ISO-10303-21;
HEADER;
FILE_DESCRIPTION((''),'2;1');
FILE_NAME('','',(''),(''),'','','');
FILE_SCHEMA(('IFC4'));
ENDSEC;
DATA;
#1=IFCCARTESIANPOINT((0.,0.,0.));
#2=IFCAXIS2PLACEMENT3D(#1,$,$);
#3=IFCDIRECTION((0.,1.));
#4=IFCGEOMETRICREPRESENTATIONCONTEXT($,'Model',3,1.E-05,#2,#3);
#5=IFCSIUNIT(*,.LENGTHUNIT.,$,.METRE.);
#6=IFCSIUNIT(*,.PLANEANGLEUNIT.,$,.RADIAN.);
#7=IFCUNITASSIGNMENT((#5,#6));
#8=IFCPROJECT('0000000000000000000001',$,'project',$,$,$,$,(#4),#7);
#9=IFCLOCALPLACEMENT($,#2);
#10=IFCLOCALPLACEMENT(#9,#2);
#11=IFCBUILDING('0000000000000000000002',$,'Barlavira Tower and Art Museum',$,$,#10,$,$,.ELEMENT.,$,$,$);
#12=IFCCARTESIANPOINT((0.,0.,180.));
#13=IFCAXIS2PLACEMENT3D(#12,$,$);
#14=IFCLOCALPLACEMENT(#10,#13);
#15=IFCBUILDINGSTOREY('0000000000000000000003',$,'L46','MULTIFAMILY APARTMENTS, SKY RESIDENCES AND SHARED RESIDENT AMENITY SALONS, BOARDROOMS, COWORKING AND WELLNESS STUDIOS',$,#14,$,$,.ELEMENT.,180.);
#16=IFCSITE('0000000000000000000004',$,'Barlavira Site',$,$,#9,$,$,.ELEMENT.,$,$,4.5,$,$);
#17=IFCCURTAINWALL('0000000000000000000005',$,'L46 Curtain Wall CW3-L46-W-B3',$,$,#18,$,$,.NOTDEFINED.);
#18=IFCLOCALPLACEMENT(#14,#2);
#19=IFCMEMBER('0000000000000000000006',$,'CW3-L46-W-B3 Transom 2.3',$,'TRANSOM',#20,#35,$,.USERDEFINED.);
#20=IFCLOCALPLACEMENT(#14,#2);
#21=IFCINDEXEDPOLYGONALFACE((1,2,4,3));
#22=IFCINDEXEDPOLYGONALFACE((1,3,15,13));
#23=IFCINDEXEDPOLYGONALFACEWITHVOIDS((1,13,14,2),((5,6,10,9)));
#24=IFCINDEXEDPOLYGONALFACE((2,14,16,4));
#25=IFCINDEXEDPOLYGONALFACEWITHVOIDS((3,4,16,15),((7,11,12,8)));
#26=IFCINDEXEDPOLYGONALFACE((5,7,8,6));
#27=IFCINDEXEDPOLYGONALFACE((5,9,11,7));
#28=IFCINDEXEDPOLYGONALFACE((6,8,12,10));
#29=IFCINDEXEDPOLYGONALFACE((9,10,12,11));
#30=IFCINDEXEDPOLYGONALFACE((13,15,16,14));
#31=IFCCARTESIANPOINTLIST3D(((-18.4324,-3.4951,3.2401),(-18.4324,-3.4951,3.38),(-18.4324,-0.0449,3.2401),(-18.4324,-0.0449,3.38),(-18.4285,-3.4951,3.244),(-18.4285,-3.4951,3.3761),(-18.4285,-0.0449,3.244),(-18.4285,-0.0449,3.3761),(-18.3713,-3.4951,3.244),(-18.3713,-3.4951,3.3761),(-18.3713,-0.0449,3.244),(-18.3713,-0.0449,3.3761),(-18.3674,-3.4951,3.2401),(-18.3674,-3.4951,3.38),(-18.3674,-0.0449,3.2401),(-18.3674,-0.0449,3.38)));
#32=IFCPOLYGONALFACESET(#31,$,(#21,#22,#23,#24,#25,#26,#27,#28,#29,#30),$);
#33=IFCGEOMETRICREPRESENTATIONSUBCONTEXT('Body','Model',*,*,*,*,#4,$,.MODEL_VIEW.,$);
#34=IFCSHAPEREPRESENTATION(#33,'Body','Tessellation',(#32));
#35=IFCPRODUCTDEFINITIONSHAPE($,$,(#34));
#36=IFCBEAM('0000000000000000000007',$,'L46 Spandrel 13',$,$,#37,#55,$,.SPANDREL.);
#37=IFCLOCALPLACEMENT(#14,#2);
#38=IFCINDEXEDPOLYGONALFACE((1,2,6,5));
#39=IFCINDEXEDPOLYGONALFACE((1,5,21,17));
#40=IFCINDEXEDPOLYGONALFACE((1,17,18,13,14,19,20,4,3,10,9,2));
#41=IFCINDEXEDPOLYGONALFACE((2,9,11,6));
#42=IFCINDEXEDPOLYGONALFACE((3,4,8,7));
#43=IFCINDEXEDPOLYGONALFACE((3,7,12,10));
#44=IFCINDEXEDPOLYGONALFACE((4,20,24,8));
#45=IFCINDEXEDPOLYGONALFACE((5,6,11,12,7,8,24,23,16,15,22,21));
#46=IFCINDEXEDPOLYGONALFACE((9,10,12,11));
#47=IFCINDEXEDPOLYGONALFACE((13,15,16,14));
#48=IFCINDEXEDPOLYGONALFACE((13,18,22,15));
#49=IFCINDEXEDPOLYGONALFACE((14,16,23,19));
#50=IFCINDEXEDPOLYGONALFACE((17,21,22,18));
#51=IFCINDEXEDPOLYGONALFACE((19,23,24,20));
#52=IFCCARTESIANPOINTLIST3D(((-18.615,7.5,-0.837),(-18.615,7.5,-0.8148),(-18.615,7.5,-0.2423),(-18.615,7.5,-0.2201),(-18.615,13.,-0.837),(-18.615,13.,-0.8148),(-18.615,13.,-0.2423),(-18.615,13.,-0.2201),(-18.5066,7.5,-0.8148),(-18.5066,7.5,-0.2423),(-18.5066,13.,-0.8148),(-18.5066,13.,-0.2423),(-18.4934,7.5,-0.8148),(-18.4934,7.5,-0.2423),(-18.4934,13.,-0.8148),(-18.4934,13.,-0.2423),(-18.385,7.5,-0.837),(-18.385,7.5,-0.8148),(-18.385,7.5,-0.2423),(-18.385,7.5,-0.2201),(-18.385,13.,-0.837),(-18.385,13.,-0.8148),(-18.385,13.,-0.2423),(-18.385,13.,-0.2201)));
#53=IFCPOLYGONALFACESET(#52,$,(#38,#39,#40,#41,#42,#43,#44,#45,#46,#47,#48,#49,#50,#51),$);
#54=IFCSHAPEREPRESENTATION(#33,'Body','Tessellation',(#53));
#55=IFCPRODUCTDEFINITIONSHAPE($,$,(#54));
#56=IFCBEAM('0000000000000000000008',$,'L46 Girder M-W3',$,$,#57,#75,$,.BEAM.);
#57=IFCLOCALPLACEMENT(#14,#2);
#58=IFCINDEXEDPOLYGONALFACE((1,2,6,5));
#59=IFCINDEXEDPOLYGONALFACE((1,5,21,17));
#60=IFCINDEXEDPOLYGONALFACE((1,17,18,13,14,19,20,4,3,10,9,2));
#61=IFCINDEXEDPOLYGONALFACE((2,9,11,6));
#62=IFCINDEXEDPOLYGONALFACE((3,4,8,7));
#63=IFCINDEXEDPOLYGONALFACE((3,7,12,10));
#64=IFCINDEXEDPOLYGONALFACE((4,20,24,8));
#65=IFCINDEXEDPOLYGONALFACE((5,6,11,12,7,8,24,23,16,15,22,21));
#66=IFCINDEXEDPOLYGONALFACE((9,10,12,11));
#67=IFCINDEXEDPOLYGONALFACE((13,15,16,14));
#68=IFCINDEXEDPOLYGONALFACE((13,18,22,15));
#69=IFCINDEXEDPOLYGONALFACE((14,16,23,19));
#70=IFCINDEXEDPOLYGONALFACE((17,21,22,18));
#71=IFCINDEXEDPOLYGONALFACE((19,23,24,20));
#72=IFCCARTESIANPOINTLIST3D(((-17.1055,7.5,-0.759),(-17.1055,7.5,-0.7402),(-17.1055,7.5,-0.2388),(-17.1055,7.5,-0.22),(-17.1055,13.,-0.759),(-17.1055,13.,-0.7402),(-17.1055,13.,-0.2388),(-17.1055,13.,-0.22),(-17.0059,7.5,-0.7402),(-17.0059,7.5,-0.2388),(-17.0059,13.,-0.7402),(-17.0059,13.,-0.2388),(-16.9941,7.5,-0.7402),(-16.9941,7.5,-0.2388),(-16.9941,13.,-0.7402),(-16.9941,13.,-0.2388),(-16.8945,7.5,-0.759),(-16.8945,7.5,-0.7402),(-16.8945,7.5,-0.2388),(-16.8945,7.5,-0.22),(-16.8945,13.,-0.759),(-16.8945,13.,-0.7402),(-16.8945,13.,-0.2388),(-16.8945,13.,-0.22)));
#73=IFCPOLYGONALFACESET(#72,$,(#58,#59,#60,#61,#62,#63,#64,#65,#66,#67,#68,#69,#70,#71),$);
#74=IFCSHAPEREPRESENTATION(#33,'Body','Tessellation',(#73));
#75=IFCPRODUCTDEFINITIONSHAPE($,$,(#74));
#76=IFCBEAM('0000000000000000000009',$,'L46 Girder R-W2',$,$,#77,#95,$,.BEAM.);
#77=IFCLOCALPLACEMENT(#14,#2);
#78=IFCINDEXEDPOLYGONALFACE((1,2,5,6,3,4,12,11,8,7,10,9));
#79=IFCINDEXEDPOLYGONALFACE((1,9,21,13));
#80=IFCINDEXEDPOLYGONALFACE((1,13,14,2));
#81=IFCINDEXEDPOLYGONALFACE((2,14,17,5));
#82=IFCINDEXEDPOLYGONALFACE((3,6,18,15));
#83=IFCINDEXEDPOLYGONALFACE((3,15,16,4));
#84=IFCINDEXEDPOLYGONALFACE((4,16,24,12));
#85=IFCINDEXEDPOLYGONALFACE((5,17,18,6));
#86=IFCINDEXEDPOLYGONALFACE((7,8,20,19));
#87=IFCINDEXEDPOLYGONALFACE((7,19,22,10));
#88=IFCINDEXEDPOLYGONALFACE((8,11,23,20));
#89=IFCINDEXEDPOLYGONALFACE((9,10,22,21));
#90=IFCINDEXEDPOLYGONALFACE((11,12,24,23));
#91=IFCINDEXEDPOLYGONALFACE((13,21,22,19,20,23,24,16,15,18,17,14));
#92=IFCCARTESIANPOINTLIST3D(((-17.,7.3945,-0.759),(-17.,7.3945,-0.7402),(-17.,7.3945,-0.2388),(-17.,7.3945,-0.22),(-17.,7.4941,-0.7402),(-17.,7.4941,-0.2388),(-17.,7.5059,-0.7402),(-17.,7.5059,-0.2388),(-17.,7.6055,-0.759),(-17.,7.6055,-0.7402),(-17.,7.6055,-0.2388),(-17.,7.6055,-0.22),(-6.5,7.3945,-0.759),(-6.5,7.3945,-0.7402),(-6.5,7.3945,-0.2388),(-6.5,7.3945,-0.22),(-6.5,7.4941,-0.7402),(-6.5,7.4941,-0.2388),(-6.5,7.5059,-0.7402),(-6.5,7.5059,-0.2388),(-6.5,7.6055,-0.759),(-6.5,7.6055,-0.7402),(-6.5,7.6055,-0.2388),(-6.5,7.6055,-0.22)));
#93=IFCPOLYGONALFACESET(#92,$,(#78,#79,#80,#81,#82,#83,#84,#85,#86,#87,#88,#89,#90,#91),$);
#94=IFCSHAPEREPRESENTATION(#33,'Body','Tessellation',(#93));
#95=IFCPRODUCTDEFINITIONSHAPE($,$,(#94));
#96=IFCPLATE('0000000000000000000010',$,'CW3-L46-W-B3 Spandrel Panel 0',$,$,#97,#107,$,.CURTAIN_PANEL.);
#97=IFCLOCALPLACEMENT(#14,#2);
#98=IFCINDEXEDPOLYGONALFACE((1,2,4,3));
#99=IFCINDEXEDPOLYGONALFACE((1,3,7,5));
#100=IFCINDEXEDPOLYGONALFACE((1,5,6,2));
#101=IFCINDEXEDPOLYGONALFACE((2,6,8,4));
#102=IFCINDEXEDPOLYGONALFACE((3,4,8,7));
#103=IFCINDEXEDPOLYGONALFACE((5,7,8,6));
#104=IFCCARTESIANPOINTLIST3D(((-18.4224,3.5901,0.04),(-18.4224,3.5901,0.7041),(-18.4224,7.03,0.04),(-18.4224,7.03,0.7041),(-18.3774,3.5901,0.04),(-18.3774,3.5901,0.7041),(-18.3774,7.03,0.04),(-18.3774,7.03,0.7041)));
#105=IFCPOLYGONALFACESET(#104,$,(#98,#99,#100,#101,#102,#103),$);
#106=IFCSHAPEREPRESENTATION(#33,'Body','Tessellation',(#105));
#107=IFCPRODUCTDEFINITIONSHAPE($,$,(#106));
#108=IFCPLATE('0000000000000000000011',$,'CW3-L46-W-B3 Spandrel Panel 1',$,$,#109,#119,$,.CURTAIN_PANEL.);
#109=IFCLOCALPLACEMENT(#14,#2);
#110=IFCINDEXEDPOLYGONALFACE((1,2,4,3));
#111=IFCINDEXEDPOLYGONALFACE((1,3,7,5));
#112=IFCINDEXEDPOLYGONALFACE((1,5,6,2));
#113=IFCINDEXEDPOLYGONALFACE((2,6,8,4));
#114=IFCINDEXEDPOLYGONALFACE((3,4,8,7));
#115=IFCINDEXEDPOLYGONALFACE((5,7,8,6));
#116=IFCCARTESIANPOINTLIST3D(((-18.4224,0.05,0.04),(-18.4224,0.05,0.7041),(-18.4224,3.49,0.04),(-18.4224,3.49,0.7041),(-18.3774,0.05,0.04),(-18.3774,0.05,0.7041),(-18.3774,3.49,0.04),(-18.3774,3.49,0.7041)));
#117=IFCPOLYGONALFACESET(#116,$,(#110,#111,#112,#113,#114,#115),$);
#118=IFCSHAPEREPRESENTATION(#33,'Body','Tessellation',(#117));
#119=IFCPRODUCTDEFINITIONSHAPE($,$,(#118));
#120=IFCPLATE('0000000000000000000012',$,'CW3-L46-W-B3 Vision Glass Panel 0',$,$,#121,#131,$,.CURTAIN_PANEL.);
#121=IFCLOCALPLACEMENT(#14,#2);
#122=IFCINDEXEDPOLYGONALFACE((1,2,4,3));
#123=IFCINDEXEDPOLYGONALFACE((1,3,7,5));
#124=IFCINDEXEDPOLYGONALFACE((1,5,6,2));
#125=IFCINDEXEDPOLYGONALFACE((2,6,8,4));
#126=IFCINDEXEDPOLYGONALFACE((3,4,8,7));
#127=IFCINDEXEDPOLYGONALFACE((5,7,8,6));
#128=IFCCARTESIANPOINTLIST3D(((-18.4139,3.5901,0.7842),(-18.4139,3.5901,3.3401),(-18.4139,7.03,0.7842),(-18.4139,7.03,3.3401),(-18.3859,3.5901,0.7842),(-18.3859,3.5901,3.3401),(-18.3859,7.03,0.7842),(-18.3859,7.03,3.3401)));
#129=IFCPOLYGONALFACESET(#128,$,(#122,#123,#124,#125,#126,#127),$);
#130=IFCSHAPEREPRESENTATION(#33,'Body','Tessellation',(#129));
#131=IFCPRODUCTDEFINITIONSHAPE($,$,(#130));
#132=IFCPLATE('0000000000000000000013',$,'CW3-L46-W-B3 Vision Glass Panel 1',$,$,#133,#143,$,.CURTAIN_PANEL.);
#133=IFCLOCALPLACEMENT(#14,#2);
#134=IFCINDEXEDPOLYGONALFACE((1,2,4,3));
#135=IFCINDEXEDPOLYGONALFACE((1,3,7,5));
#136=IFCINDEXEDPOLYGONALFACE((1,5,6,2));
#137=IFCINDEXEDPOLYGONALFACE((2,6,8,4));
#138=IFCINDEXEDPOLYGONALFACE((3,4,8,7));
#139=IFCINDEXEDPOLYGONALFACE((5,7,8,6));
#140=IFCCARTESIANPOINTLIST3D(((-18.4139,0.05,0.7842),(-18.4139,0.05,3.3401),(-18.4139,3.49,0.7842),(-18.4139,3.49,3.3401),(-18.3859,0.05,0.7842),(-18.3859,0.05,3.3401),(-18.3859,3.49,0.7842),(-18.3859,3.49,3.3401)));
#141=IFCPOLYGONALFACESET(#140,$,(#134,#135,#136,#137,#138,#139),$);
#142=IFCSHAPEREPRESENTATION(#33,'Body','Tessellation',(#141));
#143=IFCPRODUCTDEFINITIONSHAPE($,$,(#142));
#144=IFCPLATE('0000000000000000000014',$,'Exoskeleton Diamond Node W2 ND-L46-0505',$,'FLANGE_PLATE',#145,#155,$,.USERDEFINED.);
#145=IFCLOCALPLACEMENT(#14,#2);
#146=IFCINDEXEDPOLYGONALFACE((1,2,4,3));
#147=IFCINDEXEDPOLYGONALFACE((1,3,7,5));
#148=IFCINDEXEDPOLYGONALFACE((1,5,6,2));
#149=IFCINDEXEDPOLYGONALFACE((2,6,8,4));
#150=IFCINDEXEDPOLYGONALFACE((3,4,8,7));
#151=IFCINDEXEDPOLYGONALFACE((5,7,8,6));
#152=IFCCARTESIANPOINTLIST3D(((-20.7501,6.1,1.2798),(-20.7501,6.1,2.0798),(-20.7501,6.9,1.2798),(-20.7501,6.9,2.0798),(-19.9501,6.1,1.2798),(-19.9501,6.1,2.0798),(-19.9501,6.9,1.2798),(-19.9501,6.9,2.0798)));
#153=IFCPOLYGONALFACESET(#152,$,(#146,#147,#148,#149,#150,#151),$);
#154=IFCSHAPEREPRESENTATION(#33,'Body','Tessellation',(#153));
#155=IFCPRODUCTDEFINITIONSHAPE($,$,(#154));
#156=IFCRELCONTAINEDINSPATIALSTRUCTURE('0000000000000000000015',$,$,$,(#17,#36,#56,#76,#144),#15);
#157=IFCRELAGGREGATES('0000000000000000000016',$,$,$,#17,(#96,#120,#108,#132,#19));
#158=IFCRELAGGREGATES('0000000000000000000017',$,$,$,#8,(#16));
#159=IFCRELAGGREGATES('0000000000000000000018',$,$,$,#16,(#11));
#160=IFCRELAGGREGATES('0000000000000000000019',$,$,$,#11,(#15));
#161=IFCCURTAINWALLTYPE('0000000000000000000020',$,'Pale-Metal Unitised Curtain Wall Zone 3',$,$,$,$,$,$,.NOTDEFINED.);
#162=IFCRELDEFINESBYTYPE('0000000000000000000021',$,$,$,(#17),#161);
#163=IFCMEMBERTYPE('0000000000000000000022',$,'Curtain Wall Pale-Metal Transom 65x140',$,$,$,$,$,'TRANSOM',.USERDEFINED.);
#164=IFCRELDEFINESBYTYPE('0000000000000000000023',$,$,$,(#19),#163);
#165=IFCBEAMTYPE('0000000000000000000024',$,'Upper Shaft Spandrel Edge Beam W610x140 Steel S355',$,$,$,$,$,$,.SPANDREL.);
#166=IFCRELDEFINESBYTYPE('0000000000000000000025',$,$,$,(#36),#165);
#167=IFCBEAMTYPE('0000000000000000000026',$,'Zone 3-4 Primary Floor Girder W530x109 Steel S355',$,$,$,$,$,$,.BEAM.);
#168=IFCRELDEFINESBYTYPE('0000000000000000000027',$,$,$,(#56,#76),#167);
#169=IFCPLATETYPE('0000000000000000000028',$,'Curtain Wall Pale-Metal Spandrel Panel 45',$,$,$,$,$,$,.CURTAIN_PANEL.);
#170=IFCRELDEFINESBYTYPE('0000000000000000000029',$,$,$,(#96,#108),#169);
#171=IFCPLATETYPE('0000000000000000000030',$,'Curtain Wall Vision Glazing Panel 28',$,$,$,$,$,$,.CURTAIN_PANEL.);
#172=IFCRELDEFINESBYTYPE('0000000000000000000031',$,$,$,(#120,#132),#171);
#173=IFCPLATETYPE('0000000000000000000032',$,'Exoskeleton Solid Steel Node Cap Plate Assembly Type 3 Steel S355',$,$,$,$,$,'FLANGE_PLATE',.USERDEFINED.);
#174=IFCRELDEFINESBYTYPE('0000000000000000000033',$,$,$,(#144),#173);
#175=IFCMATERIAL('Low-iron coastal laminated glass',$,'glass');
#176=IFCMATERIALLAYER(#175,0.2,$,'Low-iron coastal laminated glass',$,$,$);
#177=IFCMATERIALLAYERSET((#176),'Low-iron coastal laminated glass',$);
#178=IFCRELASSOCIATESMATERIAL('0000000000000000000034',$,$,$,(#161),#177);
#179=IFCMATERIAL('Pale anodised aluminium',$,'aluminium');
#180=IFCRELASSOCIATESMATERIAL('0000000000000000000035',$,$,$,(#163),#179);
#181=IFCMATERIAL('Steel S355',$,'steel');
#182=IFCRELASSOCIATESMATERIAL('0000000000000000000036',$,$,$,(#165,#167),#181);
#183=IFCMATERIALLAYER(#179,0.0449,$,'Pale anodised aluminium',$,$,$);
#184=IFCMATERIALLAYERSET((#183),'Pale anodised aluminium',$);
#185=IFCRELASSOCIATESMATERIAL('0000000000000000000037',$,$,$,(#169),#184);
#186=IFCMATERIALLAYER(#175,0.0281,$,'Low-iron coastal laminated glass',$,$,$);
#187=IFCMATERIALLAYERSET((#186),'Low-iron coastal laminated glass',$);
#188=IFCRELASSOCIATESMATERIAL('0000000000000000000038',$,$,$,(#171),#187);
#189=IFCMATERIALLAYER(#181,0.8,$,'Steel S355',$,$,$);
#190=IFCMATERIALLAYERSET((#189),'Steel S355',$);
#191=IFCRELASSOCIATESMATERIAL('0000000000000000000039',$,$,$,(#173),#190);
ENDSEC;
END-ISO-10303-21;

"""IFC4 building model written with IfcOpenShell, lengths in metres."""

from ifc_helpers import new_model, si_unit, direction, frame, origin, origin_2d, place, context, subcontext, project, spatial, rectangle, hollow_rectangle, i_section, extrude, material, layer, layer_set, material_profile, profile_set, type_object, element, aggregate, save


model = new_model("IFC4")

# Units and contexts
model_context = context("Model", 3, precision=1e-05, world=origin(), true_north=direction((0.0, 1.0)))
body_context = subcontext(model_context, "Body", "Model", "MODEL_VIEW")
ifc_project = project(units=[si_unit("LENGTHUNIT", "METRE"), si_unit("PLANEANGLEUNIT", "RADIAN")], contexts=[model_context])

# Site, building, storey
site_placement = place(None, origin())
site = spatial("IfcSite", under=ifc_project, at=site_placement, Name="Barlavira Site", CompositionType="ELEMENT", RefElevation=4.5)
building_placement = place(site_placement, origin())
building = spatial("IfcBuilding", under=site, at=building_placement, Name="Barlavira Tower and Art Museum", CompositionType="ELEMENT")
storey_placement = place(building_placement, frame((0.0, 0.0, 180.0)))
storey = spatial("IfcBuildingStorey", under=building, at=storey_placement, Name="L46", Description="MULTIFAMILY APARTMENTS, SKY RESIDENCES AND SHARED RESIDENT AMENITY SALONS, BOARDROOMS, COWORKING AND WELLNESS STUDIOS", CompositionType="ELEMENT", Elevation=180.0)

# Curtain wall, member
ifc_material_1 = material(Name="Low-iron coastal laminated glass", Category="glass")
ifc_layer_1 = layer(ifc_material_1, 0.2, Name="Low-iron coastal laminated glass")
ifc_layer_set_1 = layer_set([ifc_layer_1], Name="Low-iron coastal laminated glass")
curtain_wall_type = type_object("IfcCurtainWallType", Name="Pale-Metal Unitised Curtain Wall Zone 3", PredefinedType="NOTDEFINED", material=ifc_layer_set_1)
curtain_wall_placement = place(storey_placement, origin())
curtain_wall = element("IfcCurtainWall", 1, at=curtain_wall_placement, inside=storey, type_object=curtain_wall_type, Name="L46 Curtain Wall CW3-L46-W-B3", PredefinedType="NOTDEFINED")
ifc_material_2 = material(Name="Pale anodised aluminium", Category="aluminium")
ifc_material_profile_1 = material_profile(ifc_material_2, hollow_rectangle(XDim=0.0649, YDim=0.1399, WallThickness=0.0039, at=origin_2d()), Name="ALU-TRAN 65x140x4")
ifc_profile_set_1 = profile_set([ifc_material_profile_1], Name="Pale anodised aluminium")
member_type_1 = type_object("IfcMemberType", Name="Curtain Wall Pale-Metal Transom 65x140", ElementType="TRANSOM", PredefinedType="USERDEFINED", material=ifc_profile_set_1)
member_1_placement = place(storey_placement, frame((-18.3999, -0.0449, 3.3101), z_axis=(0.0, -1.0, 0.0), x_axis=(1.0, 0.0, 0.0)))
member_1 = element("IfcMember", 2, at=member_1_placement, type_object=member_type_1, Name="CW3-L46-W-B3 Transom 2.3", ObjectType="TRANSOM", PredefinedType="USERDEFINED", context=body_context, shape_type="SweptSolid", body=[
    extrude(hollow_rectangle(XDim=0.0649, YDim=0.1399, WallThickness=0.0039, at=origin_2d()), origin(), (0.0, 0.0, 1.0), 3.4502),
])

# Beams
ifc_material_3 = material(Name="Steel S355", Category="steel")
ifc_material_profile_2 = material_profile(ifc_material_3, i_section(OverallWidth=0.23, OverallDepth=0.6169, WebThickness=0.0132, FlangeThickness=0.0222, at=origin_2d()), Name="W610x140.0")
ifc_profile_set_2 = profile_set([ifc_material_profile_2], Name="Steel S355")
beam_type_1 = type_object("IfcBeamType", Name="Upper Shaft Spandrel Edge Beam W610x140 Steel S355", PredefinedType="SPANDREL", material=ifc_profile_set_2)
beam_1_placement = place(storey_placement, frame((-18.5, 7.5, -0.5286), z_axis=(0.0, 1.0, 0.0), x_axis=(-1.0, 0.0, 0.0)))
element("IfcBeam", 3, at=beam_1_placement, inside=storey, type_object=beam_type_1, Name="L46 Spandrel 13", PredefinedType="SPANDREL", context=body_context, shape_type="SweptSolid", body=[
    extrude(i_section(OverallWidth=0.23, OverallDepth=0.6169, WebThickness=0.0132, FlangeThickness=0.0222, at=origin_2d()), origin(), (0.0, 0.0, 1.0), 5.5),
])
ifc_material_profile_3 = material_profile(ifc_material_3, i_section(OverallWidth=0.2109, OverallDepth=0.5391, WebThickness=0.0117, FlangeThickness=0.0188, at=origin_2d()), Name="W530x109.0")
ifc_profile_set_3 = profile_set([ifc_material_profile_3], Name="Steel S355")
beam_type_2 = type_object("IfcBeamType", Name="Zone 3-4 Primary Floor Girder W530x109 Steel S355", PredefinedType="BEAM", material=ifc_profile_set_3)
beam_2_placement = place(storey_placement, frame((-17.0, 7.5, -0.4895), z_axis=(0.0, 1.0, 0.0), x_axis=(-1.0, 0.0, 0.0)))
element("IfcBeam", 4, at=beam_2_placement, inside=storey, type_object=beam_type_2, Name="L46 Girder M-W3", PredefinedType="BEAM", context=body_context, shape_type="SweptSolid", body=[
    extrude(i_section(OverallWidth=0.2109, OverallDepth=0.5391, WebThickness=0.0117, FlangeThickness=0.0188, at=origin_2d()), origin(), (0.0, 0.0, 1.0), 5.5),
])
beam_3_placement = place(storey_placement, frame((-17.0, 7.5, -0.4895), z_axis=(1.0, 0.0, 0.0), x_axis=(0.0, 1.0, 0.0)))
element("IfcBeam", 5, at=beam_3_placement, inside=storey, type_object=beam_type_2, Name="L46 Girder R-W2", PredefinedType="BEAM", context=body_context, shape_type="SweptSolid", body=[
    extrude(i_section(OverallWidth=0.2109, OverallDepth=0.5391, WebThickness=0.0117, FlangeThickness=0.0188, at=origin_2d()), origin(), (0.0, 0.0, 1.0), 10.5),
])

# Plates
ifc_layer_2 = layer(ifc_material_2, 0.0449, Name="Pale anodised aluminium")
ifc_layer_set_2 = layer_set([ifc_layer_2], Name="Pale anodised aluminium")
plate_type_1 = type_object("IfcPlateType", Name="Curtain Wall Pale-Metal Spandrel Panel 45", PredefinedType="CURTAIN_PANEL", material=ifc_layer_set_2)
plate_1_placement = place(storey_placement, frame((-18.3999, 5.3101, 0.04), z_axis=(0.0, 0.0, 1.0), x_axis=(0.0, -1.0, 0.0)))
plate_1 = element("IfcPlate", 6, at=plate_1_placement, type_object=plate_type_1, Name="CW3-L46-W-B3 Spandrel Panel 0", PredefinedType="CURTAIN_PANEL", context=body_context, shape_type="SweptSolid", body=[
    extrude(rectangle(XDim=3.4399, YDim=0.0449, at=origin_2d()), origin(), (0.0, 0.0, 1.0), 0.6641),
])
plate_2_placement = place(storey_placement, frame((-18.3999, 1.77, 0.04), z_axis=(0.0, 0.0, 1.0), x_axis=(0.0, -1.0, 0.0)))
plate_2 = element("IfcPlate", 7, at=plate_2_placement, type_object=plate_type_1, Name="CW3-L46-W-B3 Spandrel Panel 1", PredefinedType="CURTAIN_PANEL", context=body_context, shape_type="SweptSolid", body=[
    extrude(rectangle(XDim=3.4399, YDim=0.0449, at=origin_2d()), origin(), (0.0, 0.0, 1.0), 0.6641),
])
ifc_layer_3 = layer(ifc_material_1, 0.0281, Name="Low-iron coastal laminated glass")
ifc_layer_set_3 = layer_set([ifc_layer_3], Name="Low-iron coastal laminated glass")
plate_type_2 = type_object("IfcPlateType", Name="Curtain Wall Vision Glazing Panel 28", PredefinedType="CURTAIN_PANEL", material=ifc_layer_set_3)
plate_3_placement = place(storey_placement, frame((-18.3999, 5.3101, 0.7842), z_axis=(0.0, 0.0, 1.0), x_axis=(0.0, -1.0, 0.0)))
plate_3 = element("IfcPlate", 8, at=plate_3_placement, type_object=plate_type_2, Name="CW3-L46-W-B3 Vision Glass Panel 0", PredefinedType="CURTAIN_PANEL", context=body_context, shape_type="SweptSolid", body=[
    extrude(rectangle(XDim=3.4399, YDim=0.0281, at=origin_2d()), origin(), (0.0, 0.0, 1.0), 2.5559),
])
plate_4_placement = place(storey_placement, frame((-18.3999, 1.77, 0.7842), z_axis=(0.0, 0.0, 1.0), x_axis=(0.0, -1.0, 0.0)))
plate_4 = element("IfcPlate", 9, at=plate_4_placement, type_object=plate_type_2, Name="CW3-L46-W-B3 Vision Glass Panel 1", PredefinedType="CURTAIN_PANEL", context=body_context, shape_type="SweptSolid", body=[
    extrude(rectangle(XDim=3.4399, YDim=0.0281, at=origin_2d()), origin(), (0.0, 0.0, 1.0), 2.5559),
])
aggregate(curtain_wall, [plate_1, plate_3, plate_2, plate_4, member_1])
ifc_layer_4 = layer(ifc_material_3, 0.8, Name="Steel S355")
ifc_layer_set_4 = layer_set([ifc_layer_4], Name="Steel S355")
plate_type_3 = type_object("IfcPlateType", Name="Exoskeleton Solid Steel Node Cap Plate Assembly Type 3 Steel S355", ElementType="FLANGE_PLATE", PredefinedType="USERDEFINED", material=ifc_layer_set_4)
plate_5_placement = place(storey_placement, frame((-20.3501, 6.5, 1.2798), z_axis=(0.0, 0.0, 1.0), x_axis=(1.0, 0.0, 0.0)))
element("IfcPlate", 10, at=plate_5_placement, inside=storey, type_object=plate_type_3, Name="Exoskeleton Diamond Node W2 ND-L46-0505", ObjectType="FLANGE_PLATE", PredefinedType="USERDEFINED", context=body_context, shape_type="SweptSolid", body=[
    extrude(rectangle(XDim=0.8, YDim=0.8, at=origin_2d()), origin(), (0.0, 0.0, 1.0), 0.8),
])

save(model, "model.ifc")
